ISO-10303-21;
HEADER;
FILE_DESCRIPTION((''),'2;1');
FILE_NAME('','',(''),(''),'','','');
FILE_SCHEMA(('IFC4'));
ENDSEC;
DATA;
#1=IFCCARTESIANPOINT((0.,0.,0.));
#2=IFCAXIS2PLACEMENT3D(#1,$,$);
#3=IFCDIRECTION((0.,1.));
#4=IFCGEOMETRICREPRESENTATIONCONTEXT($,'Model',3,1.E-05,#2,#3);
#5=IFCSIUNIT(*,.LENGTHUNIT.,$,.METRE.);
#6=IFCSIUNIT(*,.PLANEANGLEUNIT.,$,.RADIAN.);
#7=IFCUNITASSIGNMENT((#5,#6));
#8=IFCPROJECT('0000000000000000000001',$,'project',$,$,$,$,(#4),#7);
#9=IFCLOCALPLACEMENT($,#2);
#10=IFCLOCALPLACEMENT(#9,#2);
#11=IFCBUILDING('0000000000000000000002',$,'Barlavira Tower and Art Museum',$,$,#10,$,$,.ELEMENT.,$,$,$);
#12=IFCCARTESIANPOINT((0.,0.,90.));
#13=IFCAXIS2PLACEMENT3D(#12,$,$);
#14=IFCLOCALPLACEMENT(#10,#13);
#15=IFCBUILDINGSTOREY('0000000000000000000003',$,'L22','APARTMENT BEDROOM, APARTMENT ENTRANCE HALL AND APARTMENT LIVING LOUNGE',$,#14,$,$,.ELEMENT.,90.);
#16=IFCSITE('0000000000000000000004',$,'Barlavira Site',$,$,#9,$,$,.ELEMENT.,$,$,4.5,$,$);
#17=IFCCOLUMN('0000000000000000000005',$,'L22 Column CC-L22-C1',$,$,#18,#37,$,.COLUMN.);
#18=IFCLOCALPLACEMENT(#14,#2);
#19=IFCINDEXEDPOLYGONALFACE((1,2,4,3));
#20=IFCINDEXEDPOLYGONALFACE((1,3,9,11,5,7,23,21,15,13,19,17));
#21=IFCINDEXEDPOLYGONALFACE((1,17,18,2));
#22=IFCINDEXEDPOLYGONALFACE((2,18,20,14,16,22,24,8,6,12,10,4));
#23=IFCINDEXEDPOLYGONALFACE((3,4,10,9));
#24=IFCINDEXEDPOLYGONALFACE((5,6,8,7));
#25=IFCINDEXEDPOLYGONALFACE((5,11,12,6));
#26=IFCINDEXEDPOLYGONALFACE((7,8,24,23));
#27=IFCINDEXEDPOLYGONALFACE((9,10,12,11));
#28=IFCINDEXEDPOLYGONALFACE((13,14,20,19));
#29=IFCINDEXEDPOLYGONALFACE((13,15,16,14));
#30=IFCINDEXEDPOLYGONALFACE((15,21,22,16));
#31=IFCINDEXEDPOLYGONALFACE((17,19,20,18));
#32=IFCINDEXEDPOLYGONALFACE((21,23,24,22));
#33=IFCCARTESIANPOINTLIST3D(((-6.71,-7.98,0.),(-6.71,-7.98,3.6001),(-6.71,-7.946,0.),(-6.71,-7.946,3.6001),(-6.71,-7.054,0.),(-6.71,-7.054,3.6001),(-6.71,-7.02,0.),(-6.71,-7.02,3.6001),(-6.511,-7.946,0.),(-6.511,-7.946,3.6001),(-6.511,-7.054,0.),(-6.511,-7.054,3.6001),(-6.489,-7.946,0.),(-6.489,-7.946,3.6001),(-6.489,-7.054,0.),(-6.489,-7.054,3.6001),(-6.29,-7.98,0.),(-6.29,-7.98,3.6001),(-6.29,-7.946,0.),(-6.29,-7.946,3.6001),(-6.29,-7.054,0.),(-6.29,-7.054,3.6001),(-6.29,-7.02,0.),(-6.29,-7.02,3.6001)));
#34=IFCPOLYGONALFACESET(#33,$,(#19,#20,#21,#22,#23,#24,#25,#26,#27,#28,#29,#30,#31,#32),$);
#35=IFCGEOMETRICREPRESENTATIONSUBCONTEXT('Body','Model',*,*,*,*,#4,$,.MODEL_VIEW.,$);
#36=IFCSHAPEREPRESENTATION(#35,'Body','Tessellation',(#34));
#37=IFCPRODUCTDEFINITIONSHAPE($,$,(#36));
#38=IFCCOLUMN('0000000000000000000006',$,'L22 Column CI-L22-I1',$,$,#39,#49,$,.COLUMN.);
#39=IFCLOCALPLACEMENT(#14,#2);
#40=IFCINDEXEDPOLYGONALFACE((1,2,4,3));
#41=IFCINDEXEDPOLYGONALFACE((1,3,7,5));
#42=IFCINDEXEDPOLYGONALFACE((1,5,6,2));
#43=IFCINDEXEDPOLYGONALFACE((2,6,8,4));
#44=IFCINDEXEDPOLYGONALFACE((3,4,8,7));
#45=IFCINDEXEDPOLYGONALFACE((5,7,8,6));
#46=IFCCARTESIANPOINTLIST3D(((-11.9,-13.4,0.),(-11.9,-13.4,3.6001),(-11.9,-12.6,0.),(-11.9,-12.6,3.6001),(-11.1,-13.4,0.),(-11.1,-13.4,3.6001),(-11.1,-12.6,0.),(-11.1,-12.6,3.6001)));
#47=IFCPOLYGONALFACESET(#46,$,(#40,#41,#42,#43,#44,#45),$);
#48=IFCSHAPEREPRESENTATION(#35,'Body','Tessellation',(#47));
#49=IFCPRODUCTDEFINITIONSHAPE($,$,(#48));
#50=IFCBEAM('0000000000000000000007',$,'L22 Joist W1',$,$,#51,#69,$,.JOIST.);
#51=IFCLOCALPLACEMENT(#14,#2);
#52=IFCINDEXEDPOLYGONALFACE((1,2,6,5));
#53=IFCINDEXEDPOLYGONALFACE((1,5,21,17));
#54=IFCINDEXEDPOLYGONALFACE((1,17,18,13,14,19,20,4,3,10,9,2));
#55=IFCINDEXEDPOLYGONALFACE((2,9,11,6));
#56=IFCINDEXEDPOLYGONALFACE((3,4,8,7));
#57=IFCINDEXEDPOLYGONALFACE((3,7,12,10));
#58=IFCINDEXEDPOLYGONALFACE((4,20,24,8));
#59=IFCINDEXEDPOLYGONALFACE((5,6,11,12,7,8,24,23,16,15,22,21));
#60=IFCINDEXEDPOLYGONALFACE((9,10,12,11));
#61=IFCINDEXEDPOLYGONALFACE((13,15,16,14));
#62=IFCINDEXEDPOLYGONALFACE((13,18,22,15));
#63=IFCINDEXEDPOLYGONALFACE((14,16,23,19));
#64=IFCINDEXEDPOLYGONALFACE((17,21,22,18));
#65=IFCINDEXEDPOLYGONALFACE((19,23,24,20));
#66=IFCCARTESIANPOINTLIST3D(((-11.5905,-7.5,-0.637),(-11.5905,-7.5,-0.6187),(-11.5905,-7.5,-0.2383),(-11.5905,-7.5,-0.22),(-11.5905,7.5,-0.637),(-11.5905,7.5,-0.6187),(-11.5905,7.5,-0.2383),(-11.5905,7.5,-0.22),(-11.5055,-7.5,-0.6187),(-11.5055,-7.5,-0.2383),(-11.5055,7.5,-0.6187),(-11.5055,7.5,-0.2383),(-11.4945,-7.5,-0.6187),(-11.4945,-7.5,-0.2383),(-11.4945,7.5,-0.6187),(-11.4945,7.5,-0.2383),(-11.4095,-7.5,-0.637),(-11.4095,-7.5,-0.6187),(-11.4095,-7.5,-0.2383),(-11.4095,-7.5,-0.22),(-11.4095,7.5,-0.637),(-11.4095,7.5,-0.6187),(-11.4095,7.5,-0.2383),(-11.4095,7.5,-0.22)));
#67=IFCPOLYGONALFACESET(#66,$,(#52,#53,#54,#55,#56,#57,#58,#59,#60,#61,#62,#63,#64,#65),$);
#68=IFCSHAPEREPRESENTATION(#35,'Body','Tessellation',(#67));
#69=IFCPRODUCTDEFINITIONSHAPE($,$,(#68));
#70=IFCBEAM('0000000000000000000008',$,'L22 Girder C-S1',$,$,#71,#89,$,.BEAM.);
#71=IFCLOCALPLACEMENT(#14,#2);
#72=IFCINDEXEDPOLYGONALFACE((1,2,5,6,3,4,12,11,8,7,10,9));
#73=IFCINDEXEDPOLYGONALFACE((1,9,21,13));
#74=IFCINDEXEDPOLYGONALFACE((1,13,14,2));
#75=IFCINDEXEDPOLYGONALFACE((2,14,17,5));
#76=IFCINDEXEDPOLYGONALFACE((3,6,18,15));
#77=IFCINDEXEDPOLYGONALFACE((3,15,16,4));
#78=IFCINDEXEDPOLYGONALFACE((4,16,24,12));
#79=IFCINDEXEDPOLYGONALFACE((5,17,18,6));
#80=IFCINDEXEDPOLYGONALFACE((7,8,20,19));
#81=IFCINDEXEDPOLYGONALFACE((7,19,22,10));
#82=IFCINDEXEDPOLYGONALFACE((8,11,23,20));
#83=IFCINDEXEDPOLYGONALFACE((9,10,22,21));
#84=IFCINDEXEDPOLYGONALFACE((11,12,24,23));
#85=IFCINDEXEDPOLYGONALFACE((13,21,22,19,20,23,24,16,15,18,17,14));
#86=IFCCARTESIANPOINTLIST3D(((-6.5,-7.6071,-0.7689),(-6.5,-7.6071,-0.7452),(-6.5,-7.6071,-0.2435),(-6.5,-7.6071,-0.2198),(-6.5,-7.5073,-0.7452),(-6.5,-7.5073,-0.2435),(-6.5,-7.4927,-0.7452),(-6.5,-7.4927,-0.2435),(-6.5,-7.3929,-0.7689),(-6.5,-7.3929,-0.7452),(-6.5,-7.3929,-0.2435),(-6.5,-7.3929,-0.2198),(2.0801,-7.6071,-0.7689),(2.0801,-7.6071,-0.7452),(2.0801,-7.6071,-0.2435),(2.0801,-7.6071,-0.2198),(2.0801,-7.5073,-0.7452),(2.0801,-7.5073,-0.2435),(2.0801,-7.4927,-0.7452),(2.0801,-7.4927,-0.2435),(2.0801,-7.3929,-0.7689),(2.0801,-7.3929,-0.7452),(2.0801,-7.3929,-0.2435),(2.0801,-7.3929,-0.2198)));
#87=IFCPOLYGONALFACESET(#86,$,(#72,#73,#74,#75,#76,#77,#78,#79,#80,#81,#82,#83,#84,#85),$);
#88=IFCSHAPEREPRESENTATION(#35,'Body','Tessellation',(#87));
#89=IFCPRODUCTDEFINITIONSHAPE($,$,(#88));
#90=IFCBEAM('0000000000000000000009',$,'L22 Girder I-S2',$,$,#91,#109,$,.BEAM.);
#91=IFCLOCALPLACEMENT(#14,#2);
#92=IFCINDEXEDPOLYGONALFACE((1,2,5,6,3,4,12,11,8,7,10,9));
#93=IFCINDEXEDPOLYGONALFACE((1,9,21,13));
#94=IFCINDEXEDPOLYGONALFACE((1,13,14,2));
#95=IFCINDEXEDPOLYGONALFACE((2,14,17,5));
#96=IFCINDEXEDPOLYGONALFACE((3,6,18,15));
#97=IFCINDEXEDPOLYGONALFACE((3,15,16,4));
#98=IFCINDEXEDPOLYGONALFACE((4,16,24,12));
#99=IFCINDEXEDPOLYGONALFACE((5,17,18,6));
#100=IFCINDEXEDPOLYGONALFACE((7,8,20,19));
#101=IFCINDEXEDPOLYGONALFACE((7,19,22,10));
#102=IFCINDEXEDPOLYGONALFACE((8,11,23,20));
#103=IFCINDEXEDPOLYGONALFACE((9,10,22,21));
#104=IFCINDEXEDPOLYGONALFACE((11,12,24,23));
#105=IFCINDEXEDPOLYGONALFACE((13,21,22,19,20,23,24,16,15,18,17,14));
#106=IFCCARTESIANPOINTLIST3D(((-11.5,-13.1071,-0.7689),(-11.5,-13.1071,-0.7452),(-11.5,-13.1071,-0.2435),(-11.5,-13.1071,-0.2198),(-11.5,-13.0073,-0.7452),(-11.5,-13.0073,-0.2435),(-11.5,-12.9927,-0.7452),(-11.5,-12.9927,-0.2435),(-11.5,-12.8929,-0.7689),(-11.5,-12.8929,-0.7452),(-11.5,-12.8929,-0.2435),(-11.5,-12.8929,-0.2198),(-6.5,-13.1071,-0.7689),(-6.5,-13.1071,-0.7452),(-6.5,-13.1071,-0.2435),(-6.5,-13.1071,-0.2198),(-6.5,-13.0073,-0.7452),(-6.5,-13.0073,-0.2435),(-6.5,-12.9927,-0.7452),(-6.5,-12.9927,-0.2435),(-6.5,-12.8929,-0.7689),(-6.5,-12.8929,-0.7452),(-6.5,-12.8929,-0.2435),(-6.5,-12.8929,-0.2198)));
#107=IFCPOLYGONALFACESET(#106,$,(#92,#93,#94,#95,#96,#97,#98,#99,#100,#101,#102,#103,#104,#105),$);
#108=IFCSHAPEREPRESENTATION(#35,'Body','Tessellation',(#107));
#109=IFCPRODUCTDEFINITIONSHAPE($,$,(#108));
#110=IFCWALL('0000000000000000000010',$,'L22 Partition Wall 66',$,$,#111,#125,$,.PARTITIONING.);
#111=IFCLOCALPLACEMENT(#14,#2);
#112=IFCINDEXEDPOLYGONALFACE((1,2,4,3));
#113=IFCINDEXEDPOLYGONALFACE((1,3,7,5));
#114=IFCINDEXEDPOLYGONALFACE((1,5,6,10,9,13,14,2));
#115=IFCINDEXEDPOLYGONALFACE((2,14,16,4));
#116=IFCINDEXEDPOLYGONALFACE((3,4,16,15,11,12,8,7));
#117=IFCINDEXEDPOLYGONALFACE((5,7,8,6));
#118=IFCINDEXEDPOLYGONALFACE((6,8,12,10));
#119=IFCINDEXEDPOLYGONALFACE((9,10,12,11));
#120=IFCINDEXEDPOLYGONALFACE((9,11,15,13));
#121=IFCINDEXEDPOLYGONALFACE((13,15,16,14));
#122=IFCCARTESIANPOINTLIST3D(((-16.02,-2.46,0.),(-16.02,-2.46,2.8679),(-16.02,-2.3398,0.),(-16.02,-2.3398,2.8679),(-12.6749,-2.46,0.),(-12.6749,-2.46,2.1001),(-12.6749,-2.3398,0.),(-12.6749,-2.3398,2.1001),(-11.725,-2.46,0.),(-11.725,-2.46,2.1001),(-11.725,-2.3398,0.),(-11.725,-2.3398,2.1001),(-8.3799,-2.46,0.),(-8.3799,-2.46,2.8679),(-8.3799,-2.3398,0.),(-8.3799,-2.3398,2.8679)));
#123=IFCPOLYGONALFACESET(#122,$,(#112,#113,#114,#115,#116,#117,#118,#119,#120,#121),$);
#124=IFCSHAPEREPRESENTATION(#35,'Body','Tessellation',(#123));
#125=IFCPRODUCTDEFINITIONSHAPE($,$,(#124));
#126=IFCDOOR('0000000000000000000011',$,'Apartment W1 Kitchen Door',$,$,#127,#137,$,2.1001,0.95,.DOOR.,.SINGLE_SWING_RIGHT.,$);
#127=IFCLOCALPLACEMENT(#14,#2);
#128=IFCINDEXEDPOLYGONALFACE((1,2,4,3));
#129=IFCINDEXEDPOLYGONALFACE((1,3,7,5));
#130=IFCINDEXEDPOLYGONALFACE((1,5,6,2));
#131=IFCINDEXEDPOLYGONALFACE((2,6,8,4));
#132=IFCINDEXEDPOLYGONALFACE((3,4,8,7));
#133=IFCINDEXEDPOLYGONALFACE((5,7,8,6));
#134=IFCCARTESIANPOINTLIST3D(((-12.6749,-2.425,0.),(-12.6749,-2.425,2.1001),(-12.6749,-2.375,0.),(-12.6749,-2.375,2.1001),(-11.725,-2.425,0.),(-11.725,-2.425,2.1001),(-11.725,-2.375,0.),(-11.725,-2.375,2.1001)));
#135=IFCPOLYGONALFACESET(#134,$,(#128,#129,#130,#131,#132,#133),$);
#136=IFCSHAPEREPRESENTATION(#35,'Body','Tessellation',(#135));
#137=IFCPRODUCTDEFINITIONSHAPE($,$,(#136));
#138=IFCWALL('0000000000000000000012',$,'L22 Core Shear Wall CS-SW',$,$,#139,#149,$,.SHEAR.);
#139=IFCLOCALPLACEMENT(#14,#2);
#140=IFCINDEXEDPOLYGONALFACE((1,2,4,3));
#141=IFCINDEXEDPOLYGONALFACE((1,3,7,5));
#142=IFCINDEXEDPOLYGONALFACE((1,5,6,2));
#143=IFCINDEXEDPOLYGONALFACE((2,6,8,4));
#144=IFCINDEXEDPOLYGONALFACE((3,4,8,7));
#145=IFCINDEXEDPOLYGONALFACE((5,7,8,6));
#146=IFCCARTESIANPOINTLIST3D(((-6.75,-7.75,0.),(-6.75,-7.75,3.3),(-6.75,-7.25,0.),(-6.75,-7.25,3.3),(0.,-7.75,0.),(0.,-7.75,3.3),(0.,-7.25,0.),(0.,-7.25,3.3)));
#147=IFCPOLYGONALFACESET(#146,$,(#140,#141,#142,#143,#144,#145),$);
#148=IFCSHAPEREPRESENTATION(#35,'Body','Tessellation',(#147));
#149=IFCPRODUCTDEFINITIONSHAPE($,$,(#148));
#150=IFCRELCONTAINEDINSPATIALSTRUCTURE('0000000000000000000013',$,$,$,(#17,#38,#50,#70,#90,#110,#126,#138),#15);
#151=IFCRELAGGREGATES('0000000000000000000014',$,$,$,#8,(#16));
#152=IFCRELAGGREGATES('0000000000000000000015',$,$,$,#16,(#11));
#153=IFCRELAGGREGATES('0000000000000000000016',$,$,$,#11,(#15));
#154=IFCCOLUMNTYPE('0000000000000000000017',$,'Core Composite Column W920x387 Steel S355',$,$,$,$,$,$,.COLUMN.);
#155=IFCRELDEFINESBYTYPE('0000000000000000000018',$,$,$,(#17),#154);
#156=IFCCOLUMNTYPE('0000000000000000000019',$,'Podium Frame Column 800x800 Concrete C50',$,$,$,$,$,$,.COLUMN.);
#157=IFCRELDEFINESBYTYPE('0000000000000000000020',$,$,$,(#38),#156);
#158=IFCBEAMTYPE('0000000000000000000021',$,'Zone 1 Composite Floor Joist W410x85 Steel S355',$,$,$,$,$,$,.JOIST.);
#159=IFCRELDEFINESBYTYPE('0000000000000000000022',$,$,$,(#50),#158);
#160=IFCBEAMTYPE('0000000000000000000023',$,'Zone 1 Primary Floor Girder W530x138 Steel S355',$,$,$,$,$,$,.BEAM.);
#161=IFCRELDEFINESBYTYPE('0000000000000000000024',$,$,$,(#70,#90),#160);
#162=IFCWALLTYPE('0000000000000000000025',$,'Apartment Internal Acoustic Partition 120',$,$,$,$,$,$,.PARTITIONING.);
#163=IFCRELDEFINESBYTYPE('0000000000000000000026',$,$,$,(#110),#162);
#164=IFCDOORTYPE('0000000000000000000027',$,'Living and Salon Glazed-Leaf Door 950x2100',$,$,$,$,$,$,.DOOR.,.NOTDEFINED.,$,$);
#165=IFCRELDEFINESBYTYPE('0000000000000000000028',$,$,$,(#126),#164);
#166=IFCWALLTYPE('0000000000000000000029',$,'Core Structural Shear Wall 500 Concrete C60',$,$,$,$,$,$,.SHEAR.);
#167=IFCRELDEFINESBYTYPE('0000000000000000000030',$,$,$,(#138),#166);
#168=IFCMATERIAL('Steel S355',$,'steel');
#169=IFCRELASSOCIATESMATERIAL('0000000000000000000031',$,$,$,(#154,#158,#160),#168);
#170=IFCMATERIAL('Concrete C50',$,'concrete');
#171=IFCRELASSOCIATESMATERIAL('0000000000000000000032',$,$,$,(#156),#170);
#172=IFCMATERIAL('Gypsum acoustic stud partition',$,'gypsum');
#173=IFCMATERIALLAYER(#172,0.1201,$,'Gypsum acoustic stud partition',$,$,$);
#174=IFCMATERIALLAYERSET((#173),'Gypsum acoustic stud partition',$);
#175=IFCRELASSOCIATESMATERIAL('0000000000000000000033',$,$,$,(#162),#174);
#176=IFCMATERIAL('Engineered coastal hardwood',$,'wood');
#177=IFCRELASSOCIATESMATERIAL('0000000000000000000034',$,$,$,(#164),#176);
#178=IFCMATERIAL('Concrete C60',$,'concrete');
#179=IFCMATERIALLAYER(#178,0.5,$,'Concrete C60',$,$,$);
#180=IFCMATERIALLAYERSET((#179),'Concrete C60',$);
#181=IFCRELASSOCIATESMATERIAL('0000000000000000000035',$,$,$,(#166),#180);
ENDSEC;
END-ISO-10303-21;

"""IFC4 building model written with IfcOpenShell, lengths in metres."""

from ifc_helpers import new_model, si_unit, direction, frame, frame_2d, origin, origin_2d, place, context, subcontext, project, spatial, rectangle, i_section, extrude, material, layer, layer_set, material_profile, profile_set, type_object, element, fill, save


model = new_model("IFC4")

# Units and contexts
model_context = context("Model", 3, precision=1e-05, world=origin(), true_north=direction((0.0, 1.0)))
body_context = subcontext(model_context, "Body", "Model", "MODEL_VIEW")
ifc_project = project(units=[si_unit("LENGTHUNIT", "METRE"), si_unit("PLANEANGLEUNIT", "RADIAN")], contexts=[model_context])

# Site, building, storey
site_placement = place(None, origin())
site = spatial("IfcSite", under=ifc_project, at=site_placement, Name="Barlavira Site", CompositionType="ELEMENT", RefElevation=4.5)
building_placement = place(site_placement, origin())
building = spatial("IfcBuilding", under=site, at=building_placement, Name="Barlavira Tower and Art Museum", CompositionType="ELEMENT")
storey_placement = place(building_placement, frame((0.0, 0.0, 90.0)))
storey = spatial("IfcBuildingStorey", under=building, at=storey_placement, Name="L22", Description="APARTMENT BEDROOM, APARTMENT ENTRANCE HALL AND APARTMENT LIVING LOUNGE", CompositionType="ELEMENT", Elevation=90.0)

# Columns
ifc_material_1 = material(Name="Steel S355", Category="steel")
ifc_material_profile_1 = material_profile(ifc_material_1, i_section(OverallWidth=0.4199, OverallDepth=0.96, WebThickness=0.022, FlangeThickness=0.0339, at=origin_2d()), Name="W920x387.0")
ifc_profile_set_1 = profile_set([ifc_material_profile_1], Name="Steel S355")
column_type_1 = type_object("IfcColumnType", Name="Core Composite Column W920x387 Steel S355", PredefinedType="COLUMN", material=ifc_profile_set_1)
column_1_placement = place(storey_placement, frame((-6.5, -7.5, 0.0), z_axis=(0.0, 0.0, 1.0), x_axis=(1.0, 0.0, 0.0)))
element("IfcColumn", 1, at=column_1_placement, inside=storey, type_object=column_type_1, Name="L22 Column CC-L22-C1", PredefinedType="COLUMN", context=body_context, shape_type="SweptSolid", body=[
    extrude(i_section(OverallWidth=0.4199, OverallDepth=0.96, WebThickness=0.022, FlangeThickness=0.0339, at=origin_2d()), origin(), (0.0, 0.0, 1.0), 3.6001),
])
ifc_material_2 = material(Name="Concrete C50", Category="concrete")
ifc_material_profile_2 = material_profile(ifc_material_2, rectangle(XDim=0.8, YDim=0.8, at=origin_2d()), Name="RC-COL 800x800")
ifc_profile_set_2 = profile_set([ifc_material_profile_2], Name="Concrete C50")
column_type_2 = type_object("IfcColumnType", Name="Podium Frame Column 800x800 Concrete C50", PredefinedType="COLUMN", material=ifc_profile_set_2)
column_2_placement = place(storey_placement, frame((-11.5, -13.0, 0.0), z_axis=(0.0, 0.0, 1.0), x_axis=(1.0, 0.0, 0.0)))
element("IfcColumn", 2, at=column_2_placement, inside=storey, type_object=column_type_2, Name="L22 Column CI-L22-I1", PredefinedType="COLUMN", context=body_context, shape_type="SweptSolid", body=[
    extrude(rectangle(XDim=0.8, YDim=0.8, at=origin_2d()), origin(), (0.0, 0.0, 1.0), 3.6001),
])

# Beams
ifc_material_profile_3 = material_profile(ifc_material_1, i_section(OverallWidth=0.1809, OverallDepth=0.417, WebThickness=0.011, FlangeThickness=0.0183, at=origin_2d()), Name="W410x85.0")
ifc_profile_set_3 = profile_set([ifc_material_profile_3], Name="Steel S355")
beam_type_1 = type_object("IfcBeamType", Name="Zone 1 Composite Floor Joist W410x85 Steel S355", PredefinedType="JOIST", material=ifc_profile_set_3)
beam_1_placement = place(storey_placement, frame((-11.5, -7.5, -0.4285), z_axis=(0.0, 1.0, 0.0), x_axis=(-1.0, 0.0, 0.0)))
element("IfcBeam", 3, at=beam_1_placement, inside=storey, type_object=beam_type_1, Name="L22 Joist W1", PredefinedType="JOIST", context=body_context, shape_type="SweptSolid", body=[
    extrude(i_section(OverallWidth=0.1809, OverallDepth=0.417, WebThickness=0.011, FlangeThickness=0.0183, at=origin_2d()), origin(), (0.0, 0.0, 1.0), 15.0),
])
ifc_material_profile_4 = material_profile(ifc_material_1, i_section(OverallWidth=0.2141, OverallDepth=0.5491, WebThickness=0.0146, FlangeThickness=0.0237, at=origin_2d()), Name="W530x138.0")
ifc_profile_set_4 = profile_set([ifc_material_profile_4], Name="Steel S355")
beam_type_2 = type_object("IfcBeamType", Name="Zone 1 Primary Floor Girder W530x138 Steel S355", PredefinedType="BEAM", material=ifc_profile_set_4)
beam_2_placement = place(storey_placement, frame((-6.5, -7.5, -0.4944), z_axis=(1.0, 0.0, 0.0), x_axis=(0.0, 1.0, 0.0)))
element("IfcBeam", 4, at=beam_2_placement, inside=storey, type_object=beam_type_2, Name="L22 Girder C-S1", PredefinedType="BEAM", context=body_context, shape_type="SweptSolid", body=[
    extrude(i_section(OverallWidth=0.2141, OverallDepth=0.5491, WebThickness=0.0146, FlangeThickness=0.0237, at=origin_2d()), origin(), (0.0, 0.0, 1.0), 8.5801),
])
beam_3_placement = place(storey_placement, frame((-11.5, -13.0, -0.4944), z_axis=(1.0, 0.0, 0.0), x_axis=(0.0, 1.0, 0.0)))
element("IfcBeam", 5, at=beam_3_placement, inside=storey, type_object=beam_type_2, Name="L22 Girder I-S2", PredefinedType="BEAM", context=body_context, shape_type="SweptSolid", body=[
    extrude(i_section(OverallWidth=0.2141, OverallDepth=0.5491, WebThickness=0.0146, FlangeThickness=0.0237, at=origin_2d()), origin(), (0.0, 0.0, 1.0), 5.0),
])

# Wall, opening, door
ifc_material_3 = material(Name="Gypsum acoustic stud partition", Category="gypsum")
ifc_layer_1 = layer(ifc_material_3, 0.1201, Name="Gypsum acoustic stud partition")
ifc_layer_set_1 = layer_set([ifc_layer_1], Name="Gypsum acoustic stud partition")
wall_type_1 = type_object("IfcWallType", Name="Apartment Internal Acoustic Partition 120", PredefinedType="PARTITIONING", material=ifc_layer_set_1)
wall_1_placement = place(storey_placement, frame((-16.02, -2.3999, 0.0), z_axis=(0.0, 0.0, 1.0), x_axis=(1.0, 0.0, 0.0)))
wall_1 = element("IfcWall", 6, at=wall_1_placement, inside=storey, type_object=wall_type_1, Name="L22 Partition Wall 66", PredefinedType="PARTITIONING", context=body_context, shape_type="SweptSolid", body=[
    extrude(rectangle(XDim=7.6401, YDim=0.1201, at=frame_2d((3.8201, 0.0))), origin(), (0.0, 0.0, 1.0), 2.8679),
])
opening_1_placement = place(wall_1_placement, frame((3.345, 0.0, 0.0)))
opening_1 = element("IfcOpeningElement", 7, at=opening_1_placement, cuts=wall_1, PredefinedType="OPENING", context=body_context, shape_type="SweptSolid", body=[
    extrude(rectangle(XDim=0.95, YDim=2.1001, at=frame_2d((0.4751, 1.05))), frame((0.0, 0.0701, 0.0), z_axis=(0.0, -1.0, 0.0), x_axis=(1.0, 0.0, 0.0)), (0.0, 0.0, 1.0), 0.1401),
])
ifc_material_4 = material(Name="Engineered coastal hardwood", Category="wood")
door_type_1 = type_object("IfcDoorType", Name="Living and Salon Glazed-Leaf Door 950x2100", OperationType="NOTDEFINED", PredefinedType="DOOR", material=ifc_material_4)
door_1_placement = place(opening_1_placement, origin())
door_1 = element("IfcDoor", 8, at=door_1_placement, inside=storey, type_object=door_type_1, Name="Apartment W1 Kitchen Door", OperationType="SINGLE_SWING_RIGHT", OverallHeight=2.1001, OverallWidth=0.95, PredefinedType="DOOR", context=body_context, shape_type="SweptSolid", body=[
    extrude(rectangle(XDim=0.95, YDim=2.1001, at=frame_2d((0.4751, 1.05))), frame((0.0, 0.0249, 0.0), z_axis=(0.0, -1.0, 0.0), x_axis=(1.0, 0.0, 0.0)), (0.0, 0.0, 1.0), 0.05),
])
fill(opening_1, door_1)

# Wall
ifc_material_5 = material(Name="Concrete C60", Category="concrete")
ifc_layer_2 = layer(ifc_material_5, 0.5, Name="Concrete C60")
ifc_layer_set_2 = layer_set([ifc_layer_2], Name="Concrete C60")
wall_type_2 = type_object("IfcWallType", Name="Core Structural Shear Wall 500 Concrete C60", PredefinedType="SHEAR", material=ifc_layer_set_2)
wall_2_placement = place(storey_placement, frame((-6.75, -7.5, 0.0), z_axis=(0.0, 0.0, 1.0), x_axis=(1.0, 0.0, 0.0)))
element("IfcWall", 9, at=wall_2_placement, inside=storey, type_object=wall_type_2, Name="L22 Core Shear Wall CS-SW", PredefinedType="SHEAR", context=body_context, shape_type="SweptSolid", body=[
    extrude(rectangle(XDim=6.75, YDim=0.5, at=frame_2d((3.375, 0.0))), origin(), (0.0, 0.0, 1.0), 3.3),
])

save(model, "model.ifc")
